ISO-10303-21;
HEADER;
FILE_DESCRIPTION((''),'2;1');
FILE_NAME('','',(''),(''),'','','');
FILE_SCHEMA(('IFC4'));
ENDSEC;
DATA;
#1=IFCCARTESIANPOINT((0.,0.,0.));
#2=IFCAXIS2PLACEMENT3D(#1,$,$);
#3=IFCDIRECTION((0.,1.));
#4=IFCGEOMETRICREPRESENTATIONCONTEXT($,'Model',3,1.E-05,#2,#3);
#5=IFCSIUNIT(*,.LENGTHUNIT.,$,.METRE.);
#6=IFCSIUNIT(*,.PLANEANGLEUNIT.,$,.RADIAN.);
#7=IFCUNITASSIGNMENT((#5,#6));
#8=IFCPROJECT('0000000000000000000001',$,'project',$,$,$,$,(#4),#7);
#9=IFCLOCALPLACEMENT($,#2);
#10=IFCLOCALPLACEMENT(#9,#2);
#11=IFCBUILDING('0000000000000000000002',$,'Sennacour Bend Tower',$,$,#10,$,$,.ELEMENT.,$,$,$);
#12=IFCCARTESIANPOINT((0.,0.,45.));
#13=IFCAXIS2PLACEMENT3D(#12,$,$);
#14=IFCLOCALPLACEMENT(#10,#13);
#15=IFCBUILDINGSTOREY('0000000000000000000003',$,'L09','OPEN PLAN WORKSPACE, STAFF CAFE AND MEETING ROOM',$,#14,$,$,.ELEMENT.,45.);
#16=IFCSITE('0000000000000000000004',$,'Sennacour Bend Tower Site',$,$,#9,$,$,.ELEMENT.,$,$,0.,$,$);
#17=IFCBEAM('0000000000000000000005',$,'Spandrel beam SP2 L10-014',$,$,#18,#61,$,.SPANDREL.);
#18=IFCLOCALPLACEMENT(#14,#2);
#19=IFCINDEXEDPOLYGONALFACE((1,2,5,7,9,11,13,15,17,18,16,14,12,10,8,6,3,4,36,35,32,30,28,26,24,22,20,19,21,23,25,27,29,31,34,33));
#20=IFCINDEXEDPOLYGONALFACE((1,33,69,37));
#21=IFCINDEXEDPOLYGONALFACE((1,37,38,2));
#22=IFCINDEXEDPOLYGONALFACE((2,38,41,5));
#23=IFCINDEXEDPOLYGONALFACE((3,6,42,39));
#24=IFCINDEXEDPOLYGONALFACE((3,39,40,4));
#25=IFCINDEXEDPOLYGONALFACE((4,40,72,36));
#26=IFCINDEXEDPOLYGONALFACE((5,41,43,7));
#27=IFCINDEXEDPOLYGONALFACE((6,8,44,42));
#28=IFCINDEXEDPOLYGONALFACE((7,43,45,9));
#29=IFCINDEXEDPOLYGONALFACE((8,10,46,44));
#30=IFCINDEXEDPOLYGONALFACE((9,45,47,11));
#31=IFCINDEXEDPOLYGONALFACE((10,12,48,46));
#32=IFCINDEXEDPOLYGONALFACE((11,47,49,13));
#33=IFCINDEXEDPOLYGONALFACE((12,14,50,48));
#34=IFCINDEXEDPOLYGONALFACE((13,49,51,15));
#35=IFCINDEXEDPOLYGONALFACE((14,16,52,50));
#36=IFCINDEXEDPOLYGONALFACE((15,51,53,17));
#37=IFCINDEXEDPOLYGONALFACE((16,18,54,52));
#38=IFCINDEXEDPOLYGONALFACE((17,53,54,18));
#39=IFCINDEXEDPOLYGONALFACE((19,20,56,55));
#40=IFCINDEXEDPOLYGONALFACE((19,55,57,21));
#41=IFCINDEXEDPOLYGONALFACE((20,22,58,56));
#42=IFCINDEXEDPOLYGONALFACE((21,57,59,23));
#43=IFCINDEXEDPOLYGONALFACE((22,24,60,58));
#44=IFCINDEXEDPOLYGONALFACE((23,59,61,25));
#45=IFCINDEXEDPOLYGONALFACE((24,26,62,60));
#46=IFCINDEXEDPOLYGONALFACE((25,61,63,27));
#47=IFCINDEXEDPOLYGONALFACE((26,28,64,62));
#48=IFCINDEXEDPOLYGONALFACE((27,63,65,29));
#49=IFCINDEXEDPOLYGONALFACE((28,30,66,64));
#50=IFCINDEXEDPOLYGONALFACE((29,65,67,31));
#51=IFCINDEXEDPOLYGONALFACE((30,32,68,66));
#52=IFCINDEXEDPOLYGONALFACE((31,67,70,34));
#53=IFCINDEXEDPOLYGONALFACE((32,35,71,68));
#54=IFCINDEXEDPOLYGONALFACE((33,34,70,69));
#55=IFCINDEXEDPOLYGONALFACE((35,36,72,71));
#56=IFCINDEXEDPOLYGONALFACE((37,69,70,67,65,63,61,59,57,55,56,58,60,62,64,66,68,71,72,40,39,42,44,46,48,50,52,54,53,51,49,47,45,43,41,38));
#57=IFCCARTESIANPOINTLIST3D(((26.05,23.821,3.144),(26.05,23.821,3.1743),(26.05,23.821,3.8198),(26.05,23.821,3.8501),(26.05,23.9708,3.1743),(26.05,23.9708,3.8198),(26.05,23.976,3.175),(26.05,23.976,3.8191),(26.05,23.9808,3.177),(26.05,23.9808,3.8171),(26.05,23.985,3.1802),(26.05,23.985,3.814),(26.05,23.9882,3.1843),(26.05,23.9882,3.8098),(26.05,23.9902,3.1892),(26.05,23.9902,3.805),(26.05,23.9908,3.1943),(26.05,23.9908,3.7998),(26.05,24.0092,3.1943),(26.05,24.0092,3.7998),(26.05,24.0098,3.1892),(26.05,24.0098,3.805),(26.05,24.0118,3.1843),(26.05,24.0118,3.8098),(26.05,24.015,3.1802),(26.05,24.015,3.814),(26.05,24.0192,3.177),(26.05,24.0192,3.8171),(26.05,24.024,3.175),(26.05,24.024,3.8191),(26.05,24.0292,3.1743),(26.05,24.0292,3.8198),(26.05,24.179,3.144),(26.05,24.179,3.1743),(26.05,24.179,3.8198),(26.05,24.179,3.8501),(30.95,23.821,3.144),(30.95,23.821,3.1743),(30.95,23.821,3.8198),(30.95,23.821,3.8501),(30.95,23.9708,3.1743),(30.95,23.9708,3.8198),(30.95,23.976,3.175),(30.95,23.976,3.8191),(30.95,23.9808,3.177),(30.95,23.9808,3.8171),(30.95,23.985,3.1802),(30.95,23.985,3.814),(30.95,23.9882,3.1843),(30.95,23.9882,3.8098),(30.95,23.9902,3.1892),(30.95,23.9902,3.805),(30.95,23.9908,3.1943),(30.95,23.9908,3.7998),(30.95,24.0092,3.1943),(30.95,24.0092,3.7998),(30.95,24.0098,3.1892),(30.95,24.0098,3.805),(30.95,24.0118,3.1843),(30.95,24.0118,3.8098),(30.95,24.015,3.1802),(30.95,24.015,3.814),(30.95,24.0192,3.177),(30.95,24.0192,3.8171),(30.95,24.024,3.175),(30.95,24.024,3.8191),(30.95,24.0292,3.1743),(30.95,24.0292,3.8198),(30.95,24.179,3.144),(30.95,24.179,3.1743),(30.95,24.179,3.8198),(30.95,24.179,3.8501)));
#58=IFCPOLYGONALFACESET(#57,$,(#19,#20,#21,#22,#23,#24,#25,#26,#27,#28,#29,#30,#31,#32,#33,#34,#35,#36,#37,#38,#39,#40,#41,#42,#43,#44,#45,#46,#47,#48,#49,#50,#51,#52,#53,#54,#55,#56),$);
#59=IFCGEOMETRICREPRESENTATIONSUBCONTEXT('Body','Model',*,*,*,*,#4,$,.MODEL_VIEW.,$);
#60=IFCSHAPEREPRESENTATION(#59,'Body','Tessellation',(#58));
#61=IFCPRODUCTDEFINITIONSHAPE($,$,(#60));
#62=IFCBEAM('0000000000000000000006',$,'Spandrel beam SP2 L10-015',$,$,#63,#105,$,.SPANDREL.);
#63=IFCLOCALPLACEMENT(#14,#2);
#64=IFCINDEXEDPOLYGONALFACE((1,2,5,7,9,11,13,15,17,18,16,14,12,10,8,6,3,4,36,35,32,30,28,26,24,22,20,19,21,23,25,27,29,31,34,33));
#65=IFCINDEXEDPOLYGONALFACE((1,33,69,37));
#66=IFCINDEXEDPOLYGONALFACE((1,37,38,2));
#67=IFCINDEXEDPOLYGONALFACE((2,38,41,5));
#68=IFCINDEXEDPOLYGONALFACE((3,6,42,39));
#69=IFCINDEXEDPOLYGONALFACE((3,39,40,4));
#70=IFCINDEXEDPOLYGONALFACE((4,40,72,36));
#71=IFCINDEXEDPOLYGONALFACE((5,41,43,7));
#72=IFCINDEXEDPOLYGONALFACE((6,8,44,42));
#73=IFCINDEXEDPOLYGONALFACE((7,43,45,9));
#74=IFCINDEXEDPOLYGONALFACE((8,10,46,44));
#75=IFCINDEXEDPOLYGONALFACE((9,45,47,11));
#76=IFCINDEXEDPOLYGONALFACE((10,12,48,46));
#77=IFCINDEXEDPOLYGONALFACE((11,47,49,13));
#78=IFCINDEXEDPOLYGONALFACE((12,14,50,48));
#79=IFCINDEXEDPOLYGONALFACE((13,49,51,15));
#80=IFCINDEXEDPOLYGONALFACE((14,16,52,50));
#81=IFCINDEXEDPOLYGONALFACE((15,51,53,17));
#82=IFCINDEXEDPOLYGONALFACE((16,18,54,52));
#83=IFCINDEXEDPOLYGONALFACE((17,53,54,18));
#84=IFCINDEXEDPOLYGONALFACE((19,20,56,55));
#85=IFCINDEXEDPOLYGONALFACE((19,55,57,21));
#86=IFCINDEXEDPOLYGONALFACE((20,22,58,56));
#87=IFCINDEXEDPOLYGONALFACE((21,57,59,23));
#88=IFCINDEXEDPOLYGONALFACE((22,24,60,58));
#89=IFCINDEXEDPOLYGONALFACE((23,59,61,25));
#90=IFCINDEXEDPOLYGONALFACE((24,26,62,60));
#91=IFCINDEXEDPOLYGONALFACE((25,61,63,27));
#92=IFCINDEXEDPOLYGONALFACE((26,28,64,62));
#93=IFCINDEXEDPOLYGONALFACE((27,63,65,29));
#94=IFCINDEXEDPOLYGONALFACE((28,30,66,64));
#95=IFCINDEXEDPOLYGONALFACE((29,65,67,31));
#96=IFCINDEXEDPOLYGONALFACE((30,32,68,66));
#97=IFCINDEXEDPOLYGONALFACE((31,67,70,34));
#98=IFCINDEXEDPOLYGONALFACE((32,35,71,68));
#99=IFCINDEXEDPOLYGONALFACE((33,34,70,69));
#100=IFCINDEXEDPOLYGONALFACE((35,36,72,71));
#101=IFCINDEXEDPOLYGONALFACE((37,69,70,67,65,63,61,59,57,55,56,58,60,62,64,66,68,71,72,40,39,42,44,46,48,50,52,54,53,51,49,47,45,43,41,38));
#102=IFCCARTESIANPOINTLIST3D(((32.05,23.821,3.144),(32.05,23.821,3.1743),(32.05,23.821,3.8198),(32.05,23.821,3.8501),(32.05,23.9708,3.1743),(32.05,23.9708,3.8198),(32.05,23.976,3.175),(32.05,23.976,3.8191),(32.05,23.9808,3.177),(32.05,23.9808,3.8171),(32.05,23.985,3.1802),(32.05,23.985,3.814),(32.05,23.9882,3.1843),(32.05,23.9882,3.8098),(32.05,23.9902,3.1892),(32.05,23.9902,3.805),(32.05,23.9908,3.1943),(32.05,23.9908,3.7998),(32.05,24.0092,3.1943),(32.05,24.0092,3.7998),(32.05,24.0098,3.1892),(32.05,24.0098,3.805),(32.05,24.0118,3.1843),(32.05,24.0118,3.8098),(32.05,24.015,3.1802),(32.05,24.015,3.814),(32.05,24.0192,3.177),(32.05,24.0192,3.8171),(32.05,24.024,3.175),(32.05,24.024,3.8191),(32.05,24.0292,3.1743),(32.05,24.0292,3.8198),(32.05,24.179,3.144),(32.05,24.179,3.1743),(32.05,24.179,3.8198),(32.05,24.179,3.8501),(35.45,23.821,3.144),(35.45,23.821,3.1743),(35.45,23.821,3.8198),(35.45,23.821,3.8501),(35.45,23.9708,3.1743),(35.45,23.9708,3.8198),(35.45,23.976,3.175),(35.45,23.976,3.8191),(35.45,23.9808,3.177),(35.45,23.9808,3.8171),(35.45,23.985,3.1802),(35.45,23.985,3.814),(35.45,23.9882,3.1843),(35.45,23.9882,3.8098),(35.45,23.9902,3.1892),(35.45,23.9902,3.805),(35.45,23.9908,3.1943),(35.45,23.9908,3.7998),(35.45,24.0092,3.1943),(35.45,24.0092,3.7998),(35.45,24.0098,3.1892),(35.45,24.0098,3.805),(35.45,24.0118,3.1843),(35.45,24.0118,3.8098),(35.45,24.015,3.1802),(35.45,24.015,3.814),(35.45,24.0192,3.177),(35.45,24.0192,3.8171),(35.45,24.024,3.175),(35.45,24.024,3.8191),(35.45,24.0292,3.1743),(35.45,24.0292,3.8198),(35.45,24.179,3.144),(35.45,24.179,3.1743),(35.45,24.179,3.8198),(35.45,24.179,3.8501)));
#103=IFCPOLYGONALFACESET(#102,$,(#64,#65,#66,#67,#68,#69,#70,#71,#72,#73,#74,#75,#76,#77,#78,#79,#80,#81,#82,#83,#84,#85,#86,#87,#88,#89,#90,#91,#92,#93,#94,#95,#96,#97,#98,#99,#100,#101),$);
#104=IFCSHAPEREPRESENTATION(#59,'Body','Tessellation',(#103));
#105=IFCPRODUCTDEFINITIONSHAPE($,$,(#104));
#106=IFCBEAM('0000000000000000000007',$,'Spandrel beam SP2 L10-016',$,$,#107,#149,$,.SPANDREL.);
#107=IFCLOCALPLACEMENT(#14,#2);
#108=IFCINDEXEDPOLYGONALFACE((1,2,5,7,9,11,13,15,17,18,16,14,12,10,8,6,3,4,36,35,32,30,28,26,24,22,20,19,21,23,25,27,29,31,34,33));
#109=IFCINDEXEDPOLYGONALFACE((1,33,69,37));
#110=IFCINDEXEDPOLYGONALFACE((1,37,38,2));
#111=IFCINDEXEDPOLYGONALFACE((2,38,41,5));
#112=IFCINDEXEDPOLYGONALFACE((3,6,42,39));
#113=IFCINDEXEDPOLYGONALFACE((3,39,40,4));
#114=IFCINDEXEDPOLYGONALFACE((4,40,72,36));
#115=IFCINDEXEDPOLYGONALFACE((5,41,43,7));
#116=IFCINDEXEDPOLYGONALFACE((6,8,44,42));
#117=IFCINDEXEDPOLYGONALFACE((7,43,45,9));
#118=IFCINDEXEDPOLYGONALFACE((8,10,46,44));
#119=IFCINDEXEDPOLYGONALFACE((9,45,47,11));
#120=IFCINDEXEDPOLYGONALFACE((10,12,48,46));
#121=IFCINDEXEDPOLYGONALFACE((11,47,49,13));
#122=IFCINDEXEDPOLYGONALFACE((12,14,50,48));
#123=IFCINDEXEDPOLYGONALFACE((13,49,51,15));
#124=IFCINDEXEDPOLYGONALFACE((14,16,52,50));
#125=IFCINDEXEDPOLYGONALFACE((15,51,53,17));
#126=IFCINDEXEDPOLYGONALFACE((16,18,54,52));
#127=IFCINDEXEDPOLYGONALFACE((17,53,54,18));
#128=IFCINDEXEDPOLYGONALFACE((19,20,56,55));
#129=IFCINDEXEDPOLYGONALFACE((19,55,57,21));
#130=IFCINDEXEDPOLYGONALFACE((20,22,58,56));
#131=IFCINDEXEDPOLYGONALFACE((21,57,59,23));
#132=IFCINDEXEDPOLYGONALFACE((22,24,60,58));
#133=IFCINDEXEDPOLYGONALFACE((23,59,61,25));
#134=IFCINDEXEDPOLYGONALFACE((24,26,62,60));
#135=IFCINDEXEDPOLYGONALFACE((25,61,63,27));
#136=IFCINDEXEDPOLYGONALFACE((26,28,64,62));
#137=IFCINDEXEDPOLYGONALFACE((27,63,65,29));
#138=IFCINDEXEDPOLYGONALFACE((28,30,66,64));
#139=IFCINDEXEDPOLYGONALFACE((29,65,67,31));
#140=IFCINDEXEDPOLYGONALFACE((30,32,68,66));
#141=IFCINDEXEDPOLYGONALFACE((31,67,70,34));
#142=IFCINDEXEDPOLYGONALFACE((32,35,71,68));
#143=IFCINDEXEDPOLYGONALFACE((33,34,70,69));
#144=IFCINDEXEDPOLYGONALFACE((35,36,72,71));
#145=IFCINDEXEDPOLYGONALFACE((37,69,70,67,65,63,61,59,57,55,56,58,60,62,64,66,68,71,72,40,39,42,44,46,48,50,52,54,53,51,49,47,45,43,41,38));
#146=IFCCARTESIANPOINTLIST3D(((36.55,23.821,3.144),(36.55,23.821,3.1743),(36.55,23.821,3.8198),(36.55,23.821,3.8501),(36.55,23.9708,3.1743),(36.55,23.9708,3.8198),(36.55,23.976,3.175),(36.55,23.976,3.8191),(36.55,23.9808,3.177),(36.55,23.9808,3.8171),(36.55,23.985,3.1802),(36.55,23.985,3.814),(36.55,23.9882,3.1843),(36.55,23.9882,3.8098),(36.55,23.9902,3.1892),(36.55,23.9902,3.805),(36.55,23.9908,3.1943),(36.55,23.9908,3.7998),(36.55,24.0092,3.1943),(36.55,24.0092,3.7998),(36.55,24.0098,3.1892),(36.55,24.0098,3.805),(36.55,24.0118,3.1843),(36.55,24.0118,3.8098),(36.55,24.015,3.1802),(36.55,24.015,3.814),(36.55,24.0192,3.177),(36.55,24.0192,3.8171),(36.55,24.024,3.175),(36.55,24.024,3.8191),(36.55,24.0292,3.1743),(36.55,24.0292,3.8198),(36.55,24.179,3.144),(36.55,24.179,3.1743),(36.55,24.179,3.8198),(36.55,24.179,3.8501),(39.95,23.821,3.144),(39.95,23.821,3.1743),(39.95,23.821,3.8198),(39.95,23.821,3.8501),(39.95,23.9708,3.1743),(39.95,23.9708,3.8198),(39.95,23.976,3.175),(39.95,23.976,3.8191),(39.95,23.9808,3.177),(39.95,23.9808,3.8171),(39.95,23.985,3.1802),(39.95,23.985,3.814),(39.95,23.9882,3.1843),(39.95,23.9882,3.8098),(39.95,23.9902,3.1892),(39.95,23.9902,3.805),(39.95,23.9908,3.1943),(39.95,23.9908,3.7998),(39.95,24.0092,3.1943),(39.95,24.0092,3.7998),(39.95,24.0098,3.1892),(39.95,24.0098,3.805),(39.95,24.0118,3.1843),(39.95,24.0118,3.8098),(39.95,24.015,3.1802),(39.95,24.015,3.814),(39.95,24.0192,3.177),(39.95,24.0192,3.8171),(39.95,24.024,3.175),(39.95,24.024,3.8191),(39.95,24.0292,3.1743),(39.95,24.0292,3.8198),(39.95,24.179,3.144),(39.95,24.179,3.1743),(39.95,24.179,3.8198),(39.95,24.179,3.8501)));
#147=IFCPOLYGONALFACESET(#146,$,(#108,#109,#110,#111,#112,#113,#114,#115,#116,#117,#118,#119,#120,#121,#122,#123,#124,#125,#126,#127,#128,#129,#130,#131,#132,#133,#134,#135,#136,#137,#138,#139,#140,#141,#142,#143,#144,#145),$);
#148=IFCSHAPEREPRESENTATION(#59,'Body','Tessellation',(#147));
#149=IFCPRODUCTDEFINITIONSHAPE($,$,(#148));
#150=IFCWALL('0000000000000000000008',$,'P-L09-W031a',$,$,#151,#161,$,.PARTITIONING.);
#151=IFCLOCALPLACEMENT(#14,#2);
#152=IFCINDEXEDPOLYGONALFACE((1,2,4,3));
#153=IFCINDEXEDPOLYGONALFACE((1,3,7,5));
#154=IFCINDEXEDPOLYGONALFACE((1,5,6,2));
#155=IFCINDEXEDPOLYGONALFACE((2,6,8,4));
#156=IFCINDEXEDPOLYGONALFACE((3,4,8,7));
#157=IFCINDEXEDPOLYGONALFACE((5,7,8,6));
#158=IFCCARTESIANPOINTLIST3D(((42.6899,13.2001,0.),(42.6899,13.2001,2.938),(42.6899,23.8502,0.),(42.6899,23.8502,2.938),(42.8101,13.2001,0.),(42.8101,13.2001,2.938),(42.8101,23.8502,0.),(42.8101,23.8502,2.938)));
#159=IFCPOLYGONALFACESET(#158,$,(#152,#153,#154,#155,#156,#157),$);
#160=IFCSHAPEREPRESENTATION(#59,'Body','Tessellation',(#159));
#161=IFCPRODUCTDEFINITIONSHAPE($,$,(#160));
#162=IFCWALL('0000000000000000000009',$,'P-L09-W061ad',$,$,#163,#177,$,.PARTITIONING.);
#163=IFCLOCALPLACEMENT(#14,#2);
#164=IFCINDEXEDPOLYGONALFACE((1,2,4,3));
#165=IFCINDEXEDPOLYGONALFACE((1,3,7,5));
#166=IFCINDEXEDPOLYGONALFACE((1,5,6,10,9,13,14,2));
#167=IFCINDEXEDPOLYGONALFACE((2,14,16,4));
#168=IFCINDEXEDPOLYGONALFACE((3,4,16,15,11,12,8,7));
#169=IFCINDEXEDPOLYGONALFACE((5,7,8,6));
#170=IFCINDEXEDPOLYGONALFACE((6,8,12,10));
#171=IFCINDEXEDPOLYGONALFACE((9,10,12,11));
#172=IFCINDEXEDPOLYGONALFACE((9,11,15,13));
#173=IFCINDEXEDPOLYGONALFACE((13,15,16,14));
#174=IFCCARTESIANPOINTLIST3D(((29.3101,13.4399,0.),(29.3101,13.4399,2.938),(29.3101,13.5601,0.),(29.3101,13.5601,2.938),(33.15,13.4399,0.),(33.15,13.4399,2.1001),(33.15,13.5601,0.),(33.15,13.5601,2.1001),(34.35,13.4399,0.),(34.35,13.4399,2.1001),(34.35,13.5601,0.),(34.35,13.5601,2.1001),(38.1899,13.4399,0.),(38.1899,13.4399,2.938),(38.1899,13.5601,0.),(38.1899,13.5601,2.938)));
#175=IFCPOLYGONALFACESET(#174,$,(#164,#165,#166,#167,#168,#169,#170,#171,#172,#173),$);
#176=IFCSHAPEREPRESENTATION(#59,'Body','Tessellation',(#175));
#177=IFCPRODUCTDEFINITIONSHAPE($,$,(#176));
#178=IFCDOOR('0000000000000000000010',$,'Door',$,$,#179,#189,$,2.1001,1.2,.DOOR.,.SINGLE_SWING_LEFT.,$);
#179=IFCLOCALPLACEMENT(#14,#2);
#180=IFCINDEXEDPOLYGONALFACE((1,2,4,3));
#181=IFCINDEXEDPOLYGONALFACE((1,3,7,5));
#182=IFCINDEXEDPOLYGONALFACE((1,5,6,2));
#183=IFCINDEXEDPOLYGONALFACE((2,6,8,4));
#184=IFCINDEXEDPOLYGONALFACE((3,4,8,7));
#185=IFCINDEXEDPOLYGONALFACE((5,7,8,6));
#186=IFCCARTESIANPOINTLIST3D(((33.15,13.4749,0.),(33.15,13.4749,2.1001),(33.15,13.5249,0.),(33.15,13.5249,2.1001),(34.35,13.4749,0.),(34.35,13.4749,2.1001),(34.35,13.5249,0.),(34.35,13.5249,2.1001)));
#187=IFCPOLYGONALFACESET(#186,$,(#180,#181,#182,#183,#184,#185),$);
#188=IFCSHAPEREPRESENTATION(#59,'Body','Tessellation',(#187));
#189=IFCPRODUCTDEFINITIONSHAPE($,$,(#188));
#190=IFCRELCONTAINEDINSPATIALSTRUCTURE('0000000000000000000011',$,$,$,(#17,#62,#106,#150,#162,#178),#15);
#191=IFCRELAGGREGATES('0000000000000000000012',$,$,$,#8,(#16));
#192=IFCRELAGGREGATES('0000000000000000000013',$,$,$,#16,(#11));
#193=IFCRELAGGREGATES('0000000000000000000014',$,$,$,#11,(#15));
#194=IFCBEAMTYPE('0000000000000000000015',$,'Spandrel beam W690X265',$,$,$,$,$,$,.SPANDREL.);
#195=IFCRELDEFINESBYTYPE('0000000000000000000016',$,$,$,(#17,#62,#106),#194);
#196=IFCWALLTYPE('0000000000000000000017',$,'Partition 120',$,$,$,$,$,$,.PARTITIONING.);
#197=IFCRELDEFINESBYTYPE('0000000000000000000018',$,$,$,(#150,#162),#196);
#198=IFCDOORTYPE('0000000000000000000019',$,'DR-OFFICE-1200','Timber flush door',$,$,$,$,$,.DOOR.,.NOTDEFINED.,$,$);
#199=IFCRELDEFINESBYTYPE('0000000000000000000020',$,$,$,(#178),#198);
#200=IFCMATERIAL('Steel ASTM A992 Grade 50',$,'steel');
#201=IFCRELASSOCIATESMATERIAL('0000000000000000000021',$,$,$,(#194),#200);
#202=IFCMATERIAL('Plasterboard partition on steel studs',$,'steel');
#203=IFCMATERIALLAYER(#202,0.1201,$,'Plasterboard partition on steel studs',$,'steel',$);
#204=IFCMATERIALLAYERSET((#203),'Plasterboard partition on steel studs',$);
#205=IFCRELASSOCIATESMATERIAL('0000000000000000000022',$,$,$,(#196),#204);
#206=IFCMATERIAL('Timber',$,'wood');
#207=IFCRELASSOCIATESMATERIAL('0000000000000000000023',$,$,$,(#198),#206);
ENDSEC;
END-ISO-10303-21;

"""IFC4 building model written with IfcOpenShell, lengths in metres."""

from ifc_helpers import new_model, si_unit, direction, frame, frame_2d, origin, origin_2d, place, context, subcontext, project, spatial, rectangle, i_section, extrude, material, layer, layer_set, material_profile, profile_set, type_object, element, fill, save


model = new_model("IFC4")

# Units and contexts
model_context = context("Model", 3, precision=1e-05, world=origin(), true_north=direction((0.0, 1.0)))
body_context = subcontext(model_context, "Body", "Model", "MODEL_VIEW")
ifc_project = project(units=[si_unit("LENGTHUNIT", "METRE"), si_unit("PLANEANGLEUNIT", "RADIAN")], contexts=[model_context])

# Site, building, storey
site_placement = place(None, origin())
site = spatial("IfcSite", under=ifc_project, at=site_placement, Name="Sennacour Bend Tower Site", CompositionType="ELEMENT", RefElevation=0.0)
building_placement = place(site_placement, origin())
building = spatial("IfcBuilding", under=site, at=building_placement, Name="Sennacour Bend Tower", CompositionType="ELEMENT")
storey_placement = place(building_placement, frame((0.0, 0.0, 45.0)))
storey = spatial("IfcBuildingStorey", under=building, at=storey_placement, Name="L09", Description="OPEN PLAN WORKSPACE, STAFF CAFE AND MEETING ROOM", CompositionType="ELEMENT", Elevation=45.0)

# Beams
ifc_material_1 = material(Name="Steel ASTM A992 Grade 50", Category="steel")
ifc_material_profile_1 = material_profile(ifc_material_1, i_section(OverallWidth=0.3579, OverallDepth=0.7061, WebThickness=0.0183, FlangeThickness=0.0303, FilletRadius=0.02, at=origin_2d()), Name="Steel ASTM A992 Grade 50", Category="steel")
ifc_profile_set_1 = profile_set([ifc_material_profile_1], Name="Steel ASTM A992 Grade 50")
beam_type_1 = type_object("IfcBeamType", Name="Spandrel beam W690X265", PredefinedType="SPANDREL", material=ifc_profile_set_1)
beam_1_placement = place(storey_placement, frame((26.05, 24.0, 3.4971), z_axis=(1.0, 0.0, 0.0), x_axis=(0.0, 1.0, 0.0)))
element("IfcBeam", 1, at=beam_1_placement, inside=storey, type_object=beam_type_1, Name="Spandrel beam SP2 L10-014", PredefinedType="SPANDREL", context=body_context, shape_type="SweptSolid", body=[
    extrude(i_section(OverallWidth=0.3579, OverallDepth=0.7061, WebThickness=0.0183, FlangeThickness=0.0303, FilletRadius=0.02, at=origin_2d()), origin(), (0.0, 0.0, 1.0), 4.8999),
])
for number, where, z_axis, x_axis, name in (
    (2, (32.05, 24.0, 3.4971), (1.0, 0.0, 0.0), (0.0, 1.0, 0.0), "Spandrel beam SP2 L10-015"),
    (3, (36.55, 24.0, 3.4971), (1.0, 0.0, 0.0), (0.0, 1.0, 0.0), "Spandrel beam SP2 L10-016"),
):
    element("IfcBeam", number, at=place(storey_placement, frame(where, z_axis=z_axis, x_axis=x_axis)), inside=storey, type_object=beam_type_1, Name=name, PredefinedType="SPANDREL", context=body_context, shape_type="SweptSolid", body=[
        extrude(i_section(OverallWidth=0.3579, OverallDepth=0.7061, WebThickness=0.0183, FlangeThickness=0.0303, FilletRadius=0.02, at=origin_2d()), origin(), (0.0, 0.0, 1.0), 3.3999),
    ])

# Wall
ifc_material_2 = material(Name="Plasterboard partition on steel studs", Category="steel")
ifc_layer_1 = layer(ifc_material_2, 0.1201, Name="Plasterboard partition on steel studs", Category="steel")
ifc_layer_set_1 = layer_set([ifc_layer_1], Name="Plasterboard partition on steel studs")
wall_type_1 = type_object("IfcWallType", Name="Partition 120", PredefinedType="PARTITIONING", material=ifc_layer_set_1)
wall_1_placement = place(storey_placement, frame((42.75, 13.2, 0.0), z_axis=(0.0, 0.0, 1.0), x_axis=(0.0, 1.0, 0.0)))
element("IfcWall", 4, at=wall_1_placement, inside=storey, type_object=wall_type_1, Name="P-L09-W031a", PredefinedType="PARTITIONING", context=body_context, shape_type="SweptSolid", body=[
    extrude(rectangle(XDim=10.6501, YDim=0.1201, at=frame_2d((5.3252, 0.0))), origin(), (0.0, 0.0, 1.0), 2.938),
])

# Wall, opening, door
wall_2_placement = place(storey_placement, frame((29.3101, 13.5, 0.0), z_axis=(0.0, 0.0, 1.0), x_axis=(1.0, 0.0, 0.0)))
wall_2 = element("IfcWall", 5, at=wall_2_placement, inside=storey, type_object=wall_type_1, Name="P-L09-W061ad", PredefinedType="PARTITIONING", context=body_context, shape_type="SweptSolid", body=[
    extrude(rectangle(XDim=8.8799, YDim=0.1201, at=frame_2d((4.4399, 0.0))), origin(), (0.0, 0.0, 1.0), 2.938),
])
opening_1_placement = place(wall_2_placement, frame((3.8398, 0.0, 0.0)))
opening_1 = element("IfcOpeningElement", 6, at=opening_1_placement, cuts=wall_2, PredefinedType="OPENING", context=body_context, shape_type="SweptSolid", body=[
    extrude(rectangle(XDim=1.2, YDim=2.1001, at=frame_2d((0.6001, 1.05))), frame((0.0, 0.0701, 0.0), z_axis=(0.0, -1.0, 0.0), x_axis=(1.0, 0.0, 0.0)), (0.0, 0.0, 1.0), 0.1401),
])
ifc_material_3 = material(Name="Timber", Category="wood")
door_type_1 = type_object("IfcDoorType", Name="DR-OFFICE-1200", Description="Timber flush door", OperationType="NOTDEFINED", PredefinedType="DOOR", material=ifc_material_3)
door_1_placement = place(opening_1_placement, origin())
door_1 = element("IfcDoor", 7, at=door_1_placement, inside=storey, type_object=door_type_1, Name="Door", OperationType="SINGLE_SWING_LEFT", OverallHeight=2.1001, OverallWidth=1.2, PredefinedType="DOOR", context=body_context, shape_type="SweptSolid", body=[
    extrude(rectangle(XDim=1.2, YDim=2.1001, at=frame_2d((0.6001, 1.05))), frame((0.0, 0.0249, 0.0), z_axis=(0.0, -1.0, 0.0), x_axis=(1.0, 0.0, 0.0)), (0.0, 0.0, 1.0), 0.05),
])
fill(opening_1, door_1)

save(model, "model.ifc")
